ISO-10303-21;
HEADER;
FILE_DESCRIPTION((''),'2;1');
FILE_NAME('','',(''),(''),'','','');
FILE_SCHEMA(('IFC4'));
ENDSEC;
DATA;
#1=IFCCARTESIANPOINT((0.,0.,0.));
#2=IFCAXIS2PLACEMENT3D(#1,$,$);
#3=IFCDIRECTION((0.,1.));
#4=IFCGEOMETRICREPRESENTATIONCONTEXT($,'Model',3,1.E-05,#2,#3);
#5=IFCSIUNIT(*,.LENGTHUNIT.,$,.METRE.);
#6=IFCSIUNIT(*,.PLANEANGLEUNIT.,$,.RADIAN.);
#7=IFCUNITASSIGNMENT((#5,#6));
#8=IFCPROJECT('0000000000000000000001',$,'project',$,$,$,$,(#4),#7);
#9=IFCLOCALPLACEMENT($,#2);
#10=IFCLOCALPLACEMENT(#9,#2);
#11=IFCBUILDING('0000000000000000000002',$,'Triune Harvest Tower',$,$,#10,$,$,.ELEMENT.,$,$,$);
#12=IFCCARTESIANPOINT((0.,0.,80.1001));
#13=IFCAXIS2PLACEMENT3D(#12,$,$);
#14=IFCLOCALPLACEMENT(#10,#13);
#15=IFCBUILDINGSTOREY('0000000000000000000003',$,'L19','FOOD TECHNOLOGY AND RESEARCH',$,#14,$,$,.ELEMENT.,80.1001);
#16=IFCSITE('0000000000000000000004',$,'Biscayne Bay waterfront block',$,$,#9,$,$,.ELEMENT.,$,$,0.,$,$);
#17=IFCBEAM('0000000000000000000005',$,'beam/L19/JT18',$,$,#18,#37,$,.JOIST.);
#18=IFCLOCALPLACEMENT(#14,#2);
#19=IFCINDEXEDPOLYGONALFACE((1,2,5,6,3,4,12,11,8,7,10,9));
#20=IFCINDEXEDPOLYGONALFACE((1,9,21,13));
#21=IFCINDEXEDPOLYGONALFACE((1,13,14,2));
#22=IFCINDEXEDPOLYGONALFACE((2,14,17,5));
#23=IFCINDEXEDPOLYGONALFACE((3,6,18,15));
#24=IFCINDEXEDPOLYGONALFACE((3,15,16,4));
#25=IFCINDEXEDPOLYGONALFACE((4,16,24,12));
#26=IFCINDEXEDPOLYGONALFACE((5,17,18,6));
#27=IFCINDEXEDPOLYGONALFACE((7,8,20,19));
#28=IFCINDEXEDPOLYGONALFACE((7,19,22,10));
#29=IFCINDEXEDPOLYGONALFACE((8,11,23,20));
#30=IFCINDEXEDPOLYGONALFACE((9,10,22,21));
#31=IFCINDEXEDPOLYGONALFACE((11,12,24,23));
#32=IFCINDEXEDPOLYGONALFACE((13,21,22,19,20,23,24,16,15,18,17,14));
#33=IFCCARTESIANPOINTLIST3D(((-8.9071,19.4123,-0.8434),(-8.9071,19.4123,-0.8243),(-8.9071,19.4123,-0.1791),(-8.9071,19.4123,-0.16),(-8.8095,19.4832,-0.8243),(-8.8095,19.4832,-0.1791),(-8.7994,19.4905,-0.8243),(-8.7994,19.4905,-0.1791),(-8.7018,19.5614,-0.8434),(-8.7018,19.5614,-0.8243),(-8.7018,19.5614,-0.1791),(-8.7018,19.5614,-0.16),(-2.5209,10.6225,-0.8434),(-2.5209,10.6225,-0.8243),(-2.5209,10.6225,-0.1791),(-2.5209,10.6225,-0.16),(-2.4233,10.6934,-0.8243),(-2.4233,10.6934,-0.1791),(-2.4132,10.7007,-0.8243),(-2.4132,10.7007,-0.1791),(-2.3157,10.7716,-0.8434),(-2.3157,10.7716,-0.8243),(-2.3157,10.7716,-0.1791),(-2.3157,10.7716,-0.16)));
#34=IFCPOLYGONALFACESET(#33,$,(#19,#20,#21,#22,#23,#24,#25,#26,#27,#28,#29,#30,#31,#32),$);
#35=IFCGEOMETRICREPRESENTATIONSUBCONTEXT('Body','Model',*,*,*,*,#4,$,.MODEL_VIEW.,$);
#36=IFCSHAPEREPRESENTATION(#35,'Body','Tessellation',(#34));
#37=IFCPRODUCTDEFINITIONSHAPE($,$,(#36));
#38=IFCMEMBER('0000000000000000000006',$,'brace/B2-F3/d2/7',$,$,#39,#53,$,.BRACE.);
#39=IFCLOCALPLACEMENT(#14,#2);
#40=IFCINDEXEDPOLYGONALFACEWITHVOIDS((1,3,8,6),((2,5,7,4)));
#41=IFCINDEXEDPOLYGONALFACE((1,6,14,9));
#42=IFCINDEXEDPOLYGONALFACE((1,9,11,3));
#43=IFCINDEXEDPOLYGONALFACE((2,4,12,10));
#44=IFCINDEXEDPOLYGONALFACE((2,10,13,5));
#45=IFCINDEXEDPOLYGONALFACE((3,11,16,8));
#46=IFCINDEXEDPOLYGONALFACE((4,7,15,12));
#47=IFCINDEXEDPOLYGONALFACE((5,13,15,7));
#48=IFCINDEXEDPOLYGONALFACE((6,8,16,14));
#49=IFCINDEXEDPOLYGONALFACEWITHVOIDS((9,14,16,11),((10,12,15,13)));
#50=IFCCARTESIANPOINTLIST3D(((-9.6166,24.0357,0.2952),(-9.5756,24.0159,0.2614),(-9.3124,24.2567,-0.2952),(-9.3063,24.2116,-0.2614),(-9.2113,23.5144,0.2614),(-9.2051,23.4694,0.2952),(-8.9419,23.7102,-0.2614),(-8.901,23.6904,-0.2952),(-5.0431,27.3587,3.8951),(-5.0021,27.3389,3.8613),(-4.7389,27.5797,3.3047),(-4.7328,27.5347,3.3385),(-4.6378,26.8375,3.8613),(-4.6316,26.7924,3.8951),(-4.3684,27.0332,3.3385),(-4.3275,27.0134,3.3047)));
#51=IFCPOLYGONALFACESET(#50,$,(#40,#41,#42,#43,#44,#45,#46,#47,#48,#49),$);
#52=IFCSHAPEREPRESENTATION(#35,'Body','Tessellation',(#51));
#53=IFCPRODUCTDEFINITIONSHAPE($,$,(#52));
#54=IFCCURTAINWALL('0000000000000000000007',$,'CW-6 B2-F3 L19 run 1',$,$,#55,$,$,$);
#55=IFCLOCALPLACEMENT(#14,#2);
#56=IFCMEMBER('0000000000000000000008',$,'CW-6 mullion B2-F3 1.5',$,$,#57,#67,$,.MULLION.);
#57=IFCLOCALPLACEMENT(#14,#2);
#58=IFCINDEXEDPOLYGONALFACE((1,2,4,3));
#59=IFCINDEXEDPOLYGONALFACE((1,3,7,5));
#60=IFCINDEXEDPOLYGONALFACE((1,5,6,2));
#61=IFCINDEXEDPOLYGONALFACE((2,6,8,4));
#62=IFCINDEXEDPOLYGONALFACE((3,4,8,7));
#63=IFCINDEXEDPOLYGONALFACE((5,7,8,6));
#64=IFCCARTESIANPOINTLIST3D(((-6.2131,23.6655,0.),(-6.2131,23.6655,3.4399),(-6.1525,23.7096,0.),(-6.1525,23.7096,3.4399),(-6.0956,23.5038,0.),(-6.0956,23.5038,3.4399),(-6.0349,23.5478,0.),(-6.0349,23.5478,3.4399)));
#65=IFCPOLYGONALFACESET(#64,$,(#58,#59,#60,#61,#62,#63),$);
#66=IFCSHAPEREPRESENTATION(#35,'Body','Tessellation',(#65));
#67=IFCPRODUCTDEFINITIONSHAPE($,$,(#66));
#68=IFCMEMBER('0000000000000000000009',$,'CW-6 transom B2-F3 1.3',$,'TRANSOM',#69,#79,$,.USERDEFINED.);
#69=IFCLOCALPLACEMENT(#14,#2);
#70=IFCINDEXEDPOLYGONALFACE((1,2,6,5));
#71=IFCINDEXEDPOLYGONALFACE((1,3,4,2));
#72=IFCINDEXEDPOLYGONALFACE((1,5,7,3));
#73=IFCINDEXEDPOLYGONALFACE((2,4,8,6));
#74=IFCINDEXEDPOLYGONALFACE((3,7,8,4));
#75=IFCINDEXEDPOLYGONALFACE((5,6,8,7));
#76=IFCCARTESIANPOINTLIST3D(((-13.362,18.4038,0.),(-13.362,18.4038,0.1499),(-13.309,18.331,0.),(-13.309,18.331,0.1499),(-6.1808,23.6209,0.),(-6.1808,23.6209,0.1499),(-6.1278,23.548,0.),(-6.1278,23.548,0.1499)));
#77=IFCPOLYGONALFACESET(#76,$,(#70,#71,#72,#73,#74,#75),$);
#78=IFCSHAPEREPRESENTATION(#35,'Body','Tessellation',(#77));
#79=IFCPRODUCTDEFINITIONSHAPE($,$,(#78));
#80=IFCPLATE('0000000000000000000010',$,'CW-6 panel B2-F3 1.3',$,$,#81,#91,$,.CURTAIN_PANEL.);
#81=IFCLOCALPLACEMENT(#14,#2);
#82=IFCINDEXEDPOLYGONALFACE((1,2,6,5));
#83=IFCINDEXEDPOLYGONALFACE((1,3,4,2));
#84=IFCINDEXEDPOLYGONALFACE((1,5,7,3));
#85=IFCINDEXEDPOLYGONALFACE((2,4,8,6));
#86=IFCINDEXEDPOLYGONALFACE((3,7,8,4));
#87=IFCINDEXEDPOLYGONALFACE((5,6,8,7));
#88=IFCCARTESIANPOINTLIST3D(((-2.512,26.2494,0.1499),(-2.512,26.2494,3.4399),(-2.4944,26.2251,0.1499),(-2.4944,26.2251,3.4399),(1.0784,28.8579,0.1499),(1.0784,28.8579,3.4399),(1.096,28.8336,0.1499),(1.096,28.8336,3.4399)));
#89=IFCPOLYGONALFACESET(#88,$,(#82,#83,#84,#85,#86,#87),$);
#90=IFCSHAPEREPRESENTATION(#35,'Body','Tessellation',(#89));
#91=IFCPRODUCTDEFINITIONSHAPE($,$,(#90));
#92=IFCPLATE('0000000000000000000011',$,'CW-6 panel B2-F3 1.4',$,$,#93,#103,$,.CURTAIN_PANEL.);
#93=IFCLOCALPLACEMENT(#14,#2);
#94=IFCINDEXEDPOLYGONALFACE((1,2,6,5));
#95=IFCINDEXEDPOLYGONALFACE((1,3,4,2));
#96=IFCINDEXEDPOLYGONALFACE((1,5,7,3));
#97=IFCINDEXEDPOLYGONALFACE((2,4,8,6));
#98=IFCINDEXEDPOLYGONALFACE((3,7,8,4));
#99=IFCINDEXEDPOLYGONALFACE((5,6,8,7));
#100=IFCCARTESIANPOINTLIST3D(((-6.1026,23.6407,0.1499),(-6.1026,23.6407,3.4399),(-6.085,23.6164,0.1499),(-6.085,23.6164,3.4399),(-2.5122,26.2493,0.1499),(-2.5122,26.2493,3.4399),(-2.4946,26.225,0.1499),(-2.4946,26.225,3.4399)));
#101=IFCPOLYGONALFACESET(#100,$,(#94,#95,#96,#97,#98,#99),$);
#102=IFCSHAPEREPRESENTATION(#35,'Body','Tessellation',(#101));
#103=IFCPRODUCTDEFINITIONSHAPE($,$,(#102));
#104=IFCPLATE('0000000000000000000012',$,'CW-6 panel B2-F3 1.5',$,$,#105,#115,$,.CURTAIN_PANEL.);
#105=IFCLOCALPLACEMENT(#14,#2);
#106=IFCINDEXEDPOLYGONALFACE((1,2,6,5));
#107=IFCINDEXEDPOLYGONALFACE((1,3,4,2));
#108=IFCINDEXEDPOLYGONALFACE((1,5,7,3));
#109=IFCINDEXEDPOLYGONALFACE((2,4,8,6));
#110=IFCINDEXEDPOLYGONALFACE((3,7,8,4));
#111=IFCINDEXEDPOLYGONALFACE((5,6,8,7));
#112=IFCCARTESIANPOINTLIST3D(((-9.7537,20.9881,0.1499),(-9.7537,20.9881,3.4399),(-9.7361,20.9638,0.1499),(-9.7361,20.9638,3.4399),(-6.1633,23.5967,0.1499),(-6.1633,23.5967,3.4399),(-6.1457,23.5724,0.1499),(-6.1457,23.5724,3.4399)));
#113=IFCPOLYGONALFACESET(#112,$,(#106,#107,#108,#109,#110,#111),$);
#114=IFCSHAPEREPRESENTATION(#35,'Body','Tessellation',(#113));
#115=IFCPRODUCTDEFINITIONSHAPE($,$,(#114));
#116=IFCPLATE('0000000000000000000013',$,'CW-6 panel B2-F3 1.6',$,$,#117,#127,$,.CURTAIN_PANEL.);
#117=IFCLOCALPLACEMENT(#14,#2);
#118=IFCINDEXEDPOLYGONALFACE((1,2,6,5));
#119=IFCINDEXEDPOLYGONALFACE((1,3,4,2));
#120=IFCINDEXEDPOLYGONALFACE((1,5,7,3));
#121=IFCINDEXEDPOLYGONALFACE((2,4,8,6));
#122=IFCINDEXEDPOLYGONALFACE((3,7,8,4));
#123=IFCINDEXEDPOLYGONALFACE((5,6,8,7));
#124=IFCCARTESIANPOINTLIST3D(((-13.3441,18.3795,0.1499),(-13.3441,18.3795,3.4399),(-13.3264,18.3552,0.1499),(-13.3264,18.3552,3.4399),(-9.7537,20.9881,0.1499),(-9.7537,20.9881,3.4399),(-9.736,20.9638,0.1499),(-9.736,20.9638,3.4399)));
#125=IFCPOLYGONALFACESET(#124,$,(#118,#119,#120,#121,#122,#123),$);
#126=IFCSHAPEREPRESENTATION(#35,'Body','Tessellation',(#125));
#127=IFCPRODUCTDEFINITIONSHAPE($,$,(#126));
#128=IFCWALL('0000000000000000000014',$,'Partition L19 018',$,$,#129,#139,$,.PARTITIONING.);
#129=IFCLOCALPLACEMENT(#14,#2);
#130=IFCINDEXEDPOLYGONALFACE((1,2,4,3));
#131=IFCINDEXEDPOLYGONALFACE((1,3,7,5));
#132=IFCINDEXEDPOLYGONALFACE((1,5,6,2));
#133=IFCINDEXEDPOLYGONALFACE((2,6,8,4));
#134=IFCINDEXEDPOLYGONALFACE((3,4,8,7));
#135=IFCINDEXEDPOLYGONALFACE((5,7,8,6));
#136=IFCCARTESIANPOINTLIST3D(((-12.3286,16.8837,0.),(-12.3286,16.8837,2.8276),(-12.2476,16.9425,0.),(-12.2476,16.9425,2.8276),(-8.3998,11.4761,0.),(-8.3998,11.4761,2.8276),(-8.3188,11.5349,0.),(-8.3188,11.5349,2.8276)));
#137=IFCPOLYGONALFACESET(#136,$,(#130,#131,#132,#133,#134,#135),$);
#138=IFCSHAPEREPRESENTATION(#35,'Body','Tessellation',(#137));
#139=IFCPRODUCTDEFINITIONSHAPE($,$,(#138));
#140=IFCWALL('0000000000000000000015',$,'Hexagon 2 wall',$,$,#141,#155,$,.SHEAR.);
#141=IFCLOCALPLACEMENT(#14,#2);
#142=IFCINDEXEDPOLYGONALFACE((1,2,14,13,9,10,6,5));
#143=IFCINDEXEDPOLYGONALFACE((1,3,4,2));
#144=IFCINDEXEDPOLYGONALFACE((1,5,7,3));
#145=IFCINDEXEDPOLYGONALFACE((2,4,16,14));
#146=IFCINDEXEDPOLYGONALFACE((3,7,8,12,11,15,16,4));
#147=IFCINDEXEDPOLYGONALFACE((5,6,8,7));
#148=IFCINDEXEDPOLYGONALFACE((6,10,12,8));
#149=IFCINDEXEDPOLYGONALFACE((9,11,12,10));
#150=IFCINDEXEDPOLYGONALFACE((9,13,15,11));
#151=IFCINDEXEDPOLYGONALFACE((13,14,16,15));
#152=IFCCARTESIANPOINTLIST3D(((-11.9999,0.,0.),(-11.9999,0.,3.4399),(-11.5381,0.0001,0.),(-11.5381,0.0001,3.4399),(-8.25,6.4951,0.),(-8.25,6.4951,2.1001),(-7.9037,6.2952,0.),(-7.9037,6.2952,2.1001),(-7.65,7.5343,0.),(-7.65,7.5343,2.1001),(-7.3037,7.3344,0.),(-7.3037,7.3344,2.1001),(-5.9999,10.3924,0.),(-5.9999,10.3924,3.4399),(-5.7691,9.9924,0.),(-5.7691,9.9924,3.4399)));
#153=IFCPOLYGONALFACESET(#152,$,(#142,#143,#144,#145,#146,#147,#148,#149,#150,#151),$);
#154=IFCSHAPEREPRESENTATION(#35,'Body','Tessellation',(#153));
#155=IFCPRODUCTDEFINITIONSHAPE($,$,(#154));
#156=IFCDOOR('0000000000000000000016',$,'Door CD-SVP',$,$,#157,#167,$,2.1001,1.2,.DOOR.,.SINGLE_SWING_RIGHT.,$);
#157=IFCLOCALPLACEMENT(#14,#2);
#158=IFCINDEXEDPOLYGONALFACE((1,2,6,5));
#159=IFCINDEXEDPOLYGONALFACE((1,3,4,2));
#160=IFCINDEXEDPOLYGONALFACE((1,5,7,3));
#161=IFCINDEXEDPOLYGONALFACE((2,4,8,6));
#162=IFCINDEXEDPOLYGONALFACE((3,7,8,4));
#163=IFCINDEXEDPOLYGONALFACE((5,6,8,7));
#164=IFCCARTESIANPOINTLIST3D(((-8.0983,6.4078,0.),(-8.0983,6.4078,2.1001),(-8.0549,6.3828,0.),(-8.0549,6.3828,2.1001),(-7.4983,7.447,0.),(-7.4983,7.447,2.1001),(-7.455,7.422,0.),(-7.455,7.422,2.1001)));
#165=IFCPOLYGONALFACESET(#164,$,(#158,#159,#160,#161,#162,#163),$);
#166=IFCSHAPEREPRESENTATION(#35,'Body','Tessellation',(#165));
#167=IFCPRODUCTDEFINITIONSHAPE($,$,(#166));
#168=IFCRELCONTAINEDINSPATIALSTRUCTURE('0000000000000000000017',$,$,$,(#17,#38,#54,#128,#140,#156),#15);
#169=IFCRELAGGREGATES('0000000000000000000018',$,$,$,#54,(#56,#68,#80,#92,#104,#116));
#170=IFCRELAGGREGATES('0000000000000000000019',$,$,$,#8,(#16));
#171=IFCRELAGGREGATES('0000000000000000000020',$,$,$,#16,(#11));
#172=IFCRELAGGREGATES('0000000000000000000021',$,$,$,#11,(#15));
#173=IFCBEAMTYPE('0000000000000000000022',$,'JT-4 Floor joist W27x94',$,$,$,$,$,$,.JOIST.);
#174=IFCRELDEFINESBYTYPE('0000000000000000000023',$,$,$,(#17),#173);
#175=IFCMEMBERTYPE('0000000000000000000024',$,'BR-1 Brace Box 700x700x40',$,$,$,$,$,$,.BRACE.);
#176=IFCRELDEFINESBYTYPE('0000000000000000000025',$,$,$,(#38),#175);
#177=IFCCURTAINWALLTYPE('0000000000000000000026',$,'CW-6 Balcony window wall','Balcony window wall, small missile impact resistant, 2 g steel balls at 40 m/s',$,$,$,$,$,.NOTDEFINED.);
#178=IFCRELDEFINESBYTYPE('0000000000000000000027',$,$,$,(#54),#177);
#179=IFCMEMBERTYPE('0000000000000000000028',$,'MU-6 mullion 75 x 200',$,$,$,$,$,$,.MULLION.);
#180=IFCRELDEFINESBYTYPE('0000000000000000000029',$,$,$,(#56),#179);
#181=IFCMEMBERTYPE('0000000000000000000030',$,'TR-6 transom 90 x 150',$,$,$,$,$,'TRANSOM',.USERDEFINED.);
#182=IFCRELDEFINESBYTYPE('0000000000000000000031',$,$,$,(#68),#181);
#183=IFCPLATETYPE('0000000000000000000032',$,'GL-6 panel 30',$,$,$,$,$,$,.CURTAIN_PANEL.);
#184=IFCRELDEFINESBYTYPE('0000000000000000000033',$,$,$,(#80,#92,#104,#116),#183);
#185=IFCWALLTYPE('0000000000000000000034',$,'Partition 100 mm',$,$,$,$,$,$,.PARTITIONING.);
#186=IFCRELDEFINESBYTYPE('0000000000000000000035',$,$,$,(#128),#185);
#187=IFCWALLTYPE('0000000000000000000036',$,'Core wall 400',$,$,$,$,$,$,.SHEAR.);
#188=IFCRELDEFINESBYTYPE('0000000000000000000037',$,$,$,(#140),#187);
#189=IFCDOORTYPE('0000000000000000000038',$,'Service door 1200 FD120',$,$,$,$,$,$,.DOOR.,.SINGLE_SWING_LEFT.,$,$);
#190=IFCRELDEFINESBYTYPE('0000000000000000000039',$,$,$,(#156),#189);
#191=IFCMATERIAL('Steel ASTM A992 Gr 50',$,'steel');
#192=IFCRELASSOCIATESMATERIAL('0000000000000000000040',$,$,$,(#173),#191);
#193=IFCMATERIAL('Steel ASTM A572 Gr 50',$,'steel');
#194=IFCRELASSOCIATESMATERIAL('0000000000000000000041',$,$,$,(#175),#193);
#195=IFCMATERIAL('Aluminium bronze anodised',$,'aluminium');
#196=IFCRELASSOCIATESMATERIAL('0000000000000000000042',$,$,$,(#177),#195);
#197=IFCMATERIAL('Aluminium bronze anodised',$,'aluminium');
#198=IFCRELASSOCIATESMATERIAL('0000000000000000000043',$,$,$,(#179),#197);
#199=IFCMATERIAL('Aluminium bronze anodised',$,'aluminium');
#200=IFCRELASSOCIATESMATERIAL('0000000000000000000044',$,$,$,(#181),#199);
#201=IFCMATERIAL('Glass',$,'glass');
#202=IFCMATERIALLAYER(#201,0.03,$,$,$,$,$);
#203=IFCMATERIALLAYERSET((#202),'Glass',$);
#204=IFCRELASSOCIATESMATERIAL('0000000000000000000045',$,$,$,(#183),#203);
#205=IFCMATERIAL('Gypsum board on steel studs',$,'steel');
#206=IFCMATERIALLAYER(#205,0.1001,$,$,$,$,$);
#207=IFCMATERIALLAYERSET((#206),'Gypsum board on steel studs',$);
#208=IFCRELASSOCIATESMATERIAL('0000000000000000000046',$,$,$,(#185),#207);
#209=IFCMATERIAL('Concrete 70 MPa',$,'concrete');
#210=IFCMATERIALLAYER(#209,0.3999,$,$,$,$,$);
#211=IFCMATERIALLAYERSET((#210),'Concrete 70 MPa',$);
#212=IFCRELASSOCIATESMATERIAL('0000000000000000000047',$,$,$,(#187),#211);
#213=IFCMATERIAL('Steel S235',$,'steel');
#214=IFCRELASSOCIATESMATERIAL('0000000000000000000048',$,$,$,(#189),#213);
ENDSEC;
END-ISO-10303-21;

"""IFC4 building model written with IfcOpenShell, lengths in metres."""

from ifc_helpers import new_model, si_unit, direction, frame, frame_2d, origin, origin_2d, place, context, subcontext, project, spatial, polyline, rectangle, hollow_rectangle, i_section, outline, extrude, source, transform, mapped, material, layer, layer_set, material_profile, profile_set, type_object, element, fill, aggregate, save


model = new_model("IFC4")

# Units and contexts
model_context = context("Model", 3, precision=1e-05, world=origin(), true_north=direction((0.0, 1.0)))
body_context = subcontext(model_context, "Body", "Model", "MODEL_VIEW")
ifc_project = project(units=[si_unit("LENGTHUNIT", "METRE"), si_unit("PLANEANGLEUNIT", "RADIAN")], contexts=[model_context])

# Site, building, storey
site_placement = place(None, origin())
site = spatial("IfcSite", under=ifc_project, at=site_placement, Name="Biscayne Bay waterfront block", CompositionType="ELEMENT", RefElevation=0.0)
building_placement = place(site_placement, origin())
building = spatial("IfcBuilding", under=site, at=building_placement, Name="Triune Harvest Tower", CompositionType="ELEMENT")
storey_placement = place(building_placement, frame((0.0, 0.0, 80.1001)))
storey = spatial("IfcBuildingStorey", under=building, at=storey_placement, Name="L19", Description="FOOD TECHNOLOGY AND RESEARCH", CompositionType="ELEMENT", Elevation=80.1001)

# Beam
ifc_material_1 = material(Name="Steel ASTM A992 Gr 50", Category="steel")
ifc_material_profile_1 = material_profile(ifc_material_1, i_section(OverallWidth=0.2537, OverallDepth=0.6833, WebThickness=0.0125, FlangeThickness=0.019, at=origin_2d()), Name="W27x94")
ifc_profile_set_1 = profile_set([ifc_material_profile_1], Name="Steel ASTM A992 Gr 50")
beam_type_1 = type_object("IfcBeamType", Name="JT-4 Floor joist W27x94", PredefinedType="JOIST", material=ifc_profile_set_1)
shared_shape_1 = source(origin(), body_context, "Body", "SweptSolid", [
    extrude(i_section(OverallWidth=0.2537, OverallDepth=0.6833, WebThickness=0.0125, FlangeThickness=0.019, at=origin_2d()), origin(), (0.0, 0.0, 1.0), 10.8647),
])
beam_1_placement = place(storey_placement, frame((-8.8044, 19.4868, -0.5017), z_axis=(0.58779, -0.809014, 0.0), x_axis=(0.809014, 0.58779, 0.0)))
element("IfcBeam", 1, at=beam_1_placement, inside=storey, type_object=beam_type_1, Name="beam/L19/JT18", PredefinedType="JOIST", context=body_context, shape_type="MappedRepresentation", body=[
    mapped(shared_shape_1, transform((0.0, 0.0, 0.0), scale=1.0)),
])

# Member
ifc_material_2 = material(Name="Steel ASTM A572 Gr 50", Category="steel")
ifc_material_profile_2 = material_profile(ifc_material_2, hollow_rectangle(XDim=0.7, YDim=0.7, WallThickness=0.04, at=origin_2d()), Name="Box 700x700x40")
ifc_profile_set_2 = profile_set([ifc_material_profile_2], Name="Steel ASTM A572 Gr 50")
member_type_1 = type_object("IfcMemberType", Name="BR-1 Brace Box 700x700x40", PredefinedType="BRACE", material=ifc_profile_set_2)
shared_shape_2 = source(origin(), body_context, "Body", "SweptSolid", [
    extrude(hollow_rectangle(XDim=0.7, YDim=0.7, WallThickness=0.04, at=origin_2d()), origin(), (0.0, 0.0, 1.0), 6.7021),
])
member_1_placement = place(storey_placement, frame((-9.2588, 23.863, 0.0), z_axis=(0.682397, 0.495815, 0.537124), x_axis=(-0.587804, 0.809003, 0.0)))
element("IfcMember", 2, at=member_1_placement, inside=storey, type_object=member_type_1, Name="brace/B2-F3/d2/7", PredefinedType="BRACE", context=body_context, shape_type="MappedRepresentation", body=[
    mapped(shared_shape_2, transform((0.0, 0.0, 0.0), scale=1.0)),
])

# Curtain wall, members, plates
ifc_material_3 = material(Name="Aluminium bronze anodised", Category="aluminium")
curtain_wall_type = type_object("IfcCurtainWallType", Name="CW-6 Balcony window wall", Description="Balcony window wall, small missile impact resistant, 2 g steel balls at 40 m/s", PredefinedType="NOTDEFINED", material=ifc_material_3)
curtain_wall_placement = place(storey_placement, origin())
curtain_wall = element("IfcCurtainWall", 3, at=curtain_wall_placement, inside=storey, type_object=curtain_wall_type, Name="CW-6 B2-F3 L19 run 1")
ifc_material_4 = material(Name="Aluminium bronze anodised", Category="aluminium")
ifc_material_profile_3 = material_profile(ifc_material_4, rectangle(XDim=0.2, YDim=0.075, at=origin_2d()), Name="MU-6 mullion 75 x 200")
ifc_profile_set_3 = profile_set([ifc_material_profile_3], Name="Aluminium bronze anodised")
member_type_2 = type_object("IfcMemberType", Name="MU-6 mullion 75 x 200", PredefinedType="MULLION", material=ifc_profile_set_3)
shared_shape_3 = source(origin(), body_context, "Body", "SweptSolid", [
    extrude(rectangle(XDim=0.2, YDim=0.075, at=origin_2d()), origin(), (0.0, 0.0, 1.0), 3.4399),
])
member_2_placement = place(storey_placement, frame((-6.124, 23.6067, 0.0), z_axis=(0.0, 0.0, 1.0), x_axis=(0.587785, -0.809017, 0.0)))
member_2 = element("IfcMember", 4, at=member_2_placement, type_object=member_type_2, Name="CW-6 mullion B2-F3 1.5", PredefinedType="MULLION", context=body_context, shape_type="MappedRepresentation", body=[
    mapped(shared_shape_3, transform((0.0, 0.0, 0.0), scale=1.0)),
])
ifc_material_5 = material(Name="Aluminium bronze anodised", Category="aluminium")
ifc_material_profile_4 = material_profile(ifc_material_5, rectangle(XDim=0.0901, YDim=0.1499, at=origin_2d()), Name="TR-6 transom 90 x 150")
ifc_profile_set_4 = profile_set([ifc_material_profile_4], Name="Aluminium bronze anodised")
member_type_3 = type_object("IfcMemberType", Name="TR-6 transom 90 x 150", ElementType="TRANSOM", PredefinedType="USERDEFINED", material=ifc_profile_set_4)
shared_shape_4 = source(origin(), body_context, "Body", "SweptSolid", [
    extrude(rectangle(XDim=0.0901, YDim=0.1499, at=origin_2d()), origin(), (0.0, 0.0, 1.0), 8.8762),
])
member_3_placement = place(storey_placement, frame((-6.1543, 23.5845, 0.075), z_axis=(-0.809037, -0.587758, 0.0), x_axis=(0.587758, -0.809037, 0.0)))
member_3 = element("IfcMember", 5, at=member_3_placement, type_object=member_type_3, Name="CW-6 transom B2-F3 1.3", ObjectType="TRANSOM", PredefinedType="USERDEFINED", context=body_context, shape_type="MappedRepresentation", body=[
    mapped(shared_shape_4, transform((0.0, 0.0, 0.0), scale=1.0)),
])
ifc_material_6 = material(Name="Glass", Category="glass")
ifc_layer_1 = layer(ifc_material_6, 0.03)
ifc_layer_set_1 = layer_set([ifc_layer_1], Name="Glass")
plate_type = type_object("IfcPlateType", Name="GL-6 panel 30", PredefinedType="CURTAIN_PANEL", material=ifc_layer_set_1)
shared_shape_5 = source(origin(), body_context, "Body", "SweptSolid", [
    extrude(rectangle(XDim=4.438, YDim=0.03, at=origin_2d()), origin(), (0.0, 0.0, 1.0), 3.29),
])
plate_1_placement = place(storey_placement, frame((-0.708, 27.5415, 0.1499), z_axis=(0.0, 0.0, 1.0), x_axis=(-0.809017, -0.587785, 0.0)))
plate_1 = element("IfcPlate", 6, at=plate_1_placement, type_object=plate_type, Name="CW-6 panel B2-F3 1.3", PredefinedType="CURTAIN_PANEL", context=body_context, shape_type="MappedRepresentation", body=[
    mapped(shared_shape_5, transform((0.0, 0.0, 0.0), scale=1.0)),
])
plate_2_placement = place(storey_placement, frame((-4.2986, 24.9329, 0.1499), z_axis=(0.0, 0.0, 1.0), x_axis=(-0.809017, -0.587785, 0.0)))
plate_2 = element("IfcPlate", 7, at=plate_2_placement, type_object=plate_type, Name="CW-6 panel B2-F3 1.4", PredefinedType="CURTAIN_PANEL", context=body_context, shape_type="MappedRepresentation", body=[
    mapped(shared_shape_5, transform((0.0, 0.0, 0.0), scale=1.0)),
])
plate_3_placement = place(storey_placement, frame((-7.9497, 22.2803, 0.1499), z_axis=(0.0, 0.0, 1.0), x_axis=(-0.809017, -0.587785, 0.0)))
plate_3 = element("IfcPlate", 8, at=plate_3_placement, type_object=plate_type, Name="CW-6 panel B2-F3 1.5", PredefinedType="CURTAIN_PANEL", context=body_context, shape_type="MappedRepresentation", body=[
    mapped(shared_shape_5, transform((0.0, 0.0, 0.0), scale=1.0)),
])
plate_4_placement = place(storey_placement, frame((-11.54, 19.6716, 0.1499), z_axis=(0.0, 0.0, 1.0), x_axis=(-0.809017, -0.587785, 0.0)))
plate_4 = element("IfcPlate", 9, at=plate_4_placement, type_object=plate_type, Name="CW-6 panel B2-F3 1.6", PredefinedType="CURTAIN_PANEL", context=body_context, shape_type="MappedRepresentation", body=[
    mapped(shared_shape_5, transform((0.0, 0.0, 0.0), scale=1.0)),
])
aggregate(curtain_wall, [member_2, member_3, plate_1, plate_2, plate_3, plate_4])

# Wall
ifc_material_7 = material(Name="Gypsum board on steel studs", Category="steel")
ifc_layer_2 = layer(ifc_material_7, 0.1001)
ifc_layer_set_2 = layer_set([ifc_layer_2], Name="Gypsum board on steel studs")
wall_type_1 = type_object("IfcWallType", Name="Partition 100 mm", PredefinedType="PARTITIONING", material=ifc_layer_set_2)
wall_1_placement = place(storey_placement, frame((-12.2881, 16.9131, 0.0), z_axis=(0.0, 0.0, 1.0), x_axis=(0.587781, -0.80902, 0.0)))
element("IfcWall", 10, at=wall_1_placement, inside=storey, type_object=wall_type_1, Name="Partition L19 018", PredefinedType="PARTITIONING", context=body_context, shape_type="SweptSolid", body=[
    extrude(rectangle(XDim=6.6841, YDim=0.1001, at=frame_2d((3.342, 0.0))), origin(), (0.0, 0.0, 1.0), 2.8276),
])

# Wall, opening, door
ifc_material_8 = material(Name="Concrete 70 MPa", Category="concrete")
ifc_layer_3 = layer(ifc_material_8, 0.3999)
ifc_layer_set_3 = layer_set([ifc_layer_3], Name="Concrete 70 MPa")
wall_type_2 = type_object("IfcWallType", Name="Core wall 400", PredefinedType="SHEAR", material=ifc_layer_set_3)
shared_shape_6 = source(origin(), body_context, "Body", "SweptSolid", [
    extrude(outline(polyline([(-0.1155, -0.2), (11.8845, -0.2), (11.6536, 0.2), (0.1155, 0.2), (-0.1155, -0.2)])), origin(), (0.0, 0.0, 1.0), 3.4399),
])
wall_2_placement = place(storey_placement, frame((-5.8845, 10.1924, 0.0), z_axis=(0.0, 0.0, 1.0), x_axis=(-0.499997, -0.866027, 0.0)))
wall_2 = element("IfcWall", 11, at=wall_2_placement, inside=storey, type_object=wall_type_2, Name="Hexagon 2 wall", PredefinedType="SHEAR", context=body_context, shape_type="MappedRepresentation", body=[
    mapped(shared_shape_6, transform((0.0, 0.0, 0.0), scale=1.0)),
])
opening_1_placement = place(wall_2_placement, frame((3.1846, 0.0, 0.0)))
opening_1 = element("IfcOpeningElement", 12, at=opening_1_placement, cuts=wall_2, PredefinedType="OPENING", context=body_context, shape_type="SweptSolid", body=[
    extrude(rectangle(XDim=1.2, YDim=2.1001, at=frame_2d((0.6001, 1.05))), frame((0.0, 0.21, 0.0), z_axis=(0.0, -1.0, 0.0), x_axis=(1.0, 0.0, 0.0)), (0.0, 0.0, 1.0), 0.4199),
])
ifc_material_9 = material(Name="Steel S235", Category="steel")
door_type_1 = type_object("IfcDoorType", Name="Service door 1200 FD120", OperationType="SINGLE_SWING_LEFT", PredefinedType="DOOR", material=ifc_material_9)
door_1_placement = place(opening_1_placement, frame((1.2, 0.0, 0.0), z_axis=(0.0, 0.0, 1.0), x_axis=(-1.0, 0.0, 0.0)))
door_1 = element("IfcDoor", 13, at=door_1_placement, inside=storey, type_object=door_type_1, Name="Door CD-SVP", OperationType="SINGLE_SWING_RIGHT", OverallHeight=2.1001, OverallWidth=1.2, PredefinedType="DOOR", context=body_context, shape_type="SweptSolid", body=[
    extrude(rectangle(XDim=1.2, YDim=2.1001, at=frame_2d((0.6001, 1.05))), frame((0.0, 0.0249, 0.0), z_axis=(0.0, -1.0, 0.0), x_axis=(1.0, 0.0, 0.0)), (0.0, 0.0, 1.0), 0.05),
])
fill(opening_1, door_1)

save(model, "model.ifc")
